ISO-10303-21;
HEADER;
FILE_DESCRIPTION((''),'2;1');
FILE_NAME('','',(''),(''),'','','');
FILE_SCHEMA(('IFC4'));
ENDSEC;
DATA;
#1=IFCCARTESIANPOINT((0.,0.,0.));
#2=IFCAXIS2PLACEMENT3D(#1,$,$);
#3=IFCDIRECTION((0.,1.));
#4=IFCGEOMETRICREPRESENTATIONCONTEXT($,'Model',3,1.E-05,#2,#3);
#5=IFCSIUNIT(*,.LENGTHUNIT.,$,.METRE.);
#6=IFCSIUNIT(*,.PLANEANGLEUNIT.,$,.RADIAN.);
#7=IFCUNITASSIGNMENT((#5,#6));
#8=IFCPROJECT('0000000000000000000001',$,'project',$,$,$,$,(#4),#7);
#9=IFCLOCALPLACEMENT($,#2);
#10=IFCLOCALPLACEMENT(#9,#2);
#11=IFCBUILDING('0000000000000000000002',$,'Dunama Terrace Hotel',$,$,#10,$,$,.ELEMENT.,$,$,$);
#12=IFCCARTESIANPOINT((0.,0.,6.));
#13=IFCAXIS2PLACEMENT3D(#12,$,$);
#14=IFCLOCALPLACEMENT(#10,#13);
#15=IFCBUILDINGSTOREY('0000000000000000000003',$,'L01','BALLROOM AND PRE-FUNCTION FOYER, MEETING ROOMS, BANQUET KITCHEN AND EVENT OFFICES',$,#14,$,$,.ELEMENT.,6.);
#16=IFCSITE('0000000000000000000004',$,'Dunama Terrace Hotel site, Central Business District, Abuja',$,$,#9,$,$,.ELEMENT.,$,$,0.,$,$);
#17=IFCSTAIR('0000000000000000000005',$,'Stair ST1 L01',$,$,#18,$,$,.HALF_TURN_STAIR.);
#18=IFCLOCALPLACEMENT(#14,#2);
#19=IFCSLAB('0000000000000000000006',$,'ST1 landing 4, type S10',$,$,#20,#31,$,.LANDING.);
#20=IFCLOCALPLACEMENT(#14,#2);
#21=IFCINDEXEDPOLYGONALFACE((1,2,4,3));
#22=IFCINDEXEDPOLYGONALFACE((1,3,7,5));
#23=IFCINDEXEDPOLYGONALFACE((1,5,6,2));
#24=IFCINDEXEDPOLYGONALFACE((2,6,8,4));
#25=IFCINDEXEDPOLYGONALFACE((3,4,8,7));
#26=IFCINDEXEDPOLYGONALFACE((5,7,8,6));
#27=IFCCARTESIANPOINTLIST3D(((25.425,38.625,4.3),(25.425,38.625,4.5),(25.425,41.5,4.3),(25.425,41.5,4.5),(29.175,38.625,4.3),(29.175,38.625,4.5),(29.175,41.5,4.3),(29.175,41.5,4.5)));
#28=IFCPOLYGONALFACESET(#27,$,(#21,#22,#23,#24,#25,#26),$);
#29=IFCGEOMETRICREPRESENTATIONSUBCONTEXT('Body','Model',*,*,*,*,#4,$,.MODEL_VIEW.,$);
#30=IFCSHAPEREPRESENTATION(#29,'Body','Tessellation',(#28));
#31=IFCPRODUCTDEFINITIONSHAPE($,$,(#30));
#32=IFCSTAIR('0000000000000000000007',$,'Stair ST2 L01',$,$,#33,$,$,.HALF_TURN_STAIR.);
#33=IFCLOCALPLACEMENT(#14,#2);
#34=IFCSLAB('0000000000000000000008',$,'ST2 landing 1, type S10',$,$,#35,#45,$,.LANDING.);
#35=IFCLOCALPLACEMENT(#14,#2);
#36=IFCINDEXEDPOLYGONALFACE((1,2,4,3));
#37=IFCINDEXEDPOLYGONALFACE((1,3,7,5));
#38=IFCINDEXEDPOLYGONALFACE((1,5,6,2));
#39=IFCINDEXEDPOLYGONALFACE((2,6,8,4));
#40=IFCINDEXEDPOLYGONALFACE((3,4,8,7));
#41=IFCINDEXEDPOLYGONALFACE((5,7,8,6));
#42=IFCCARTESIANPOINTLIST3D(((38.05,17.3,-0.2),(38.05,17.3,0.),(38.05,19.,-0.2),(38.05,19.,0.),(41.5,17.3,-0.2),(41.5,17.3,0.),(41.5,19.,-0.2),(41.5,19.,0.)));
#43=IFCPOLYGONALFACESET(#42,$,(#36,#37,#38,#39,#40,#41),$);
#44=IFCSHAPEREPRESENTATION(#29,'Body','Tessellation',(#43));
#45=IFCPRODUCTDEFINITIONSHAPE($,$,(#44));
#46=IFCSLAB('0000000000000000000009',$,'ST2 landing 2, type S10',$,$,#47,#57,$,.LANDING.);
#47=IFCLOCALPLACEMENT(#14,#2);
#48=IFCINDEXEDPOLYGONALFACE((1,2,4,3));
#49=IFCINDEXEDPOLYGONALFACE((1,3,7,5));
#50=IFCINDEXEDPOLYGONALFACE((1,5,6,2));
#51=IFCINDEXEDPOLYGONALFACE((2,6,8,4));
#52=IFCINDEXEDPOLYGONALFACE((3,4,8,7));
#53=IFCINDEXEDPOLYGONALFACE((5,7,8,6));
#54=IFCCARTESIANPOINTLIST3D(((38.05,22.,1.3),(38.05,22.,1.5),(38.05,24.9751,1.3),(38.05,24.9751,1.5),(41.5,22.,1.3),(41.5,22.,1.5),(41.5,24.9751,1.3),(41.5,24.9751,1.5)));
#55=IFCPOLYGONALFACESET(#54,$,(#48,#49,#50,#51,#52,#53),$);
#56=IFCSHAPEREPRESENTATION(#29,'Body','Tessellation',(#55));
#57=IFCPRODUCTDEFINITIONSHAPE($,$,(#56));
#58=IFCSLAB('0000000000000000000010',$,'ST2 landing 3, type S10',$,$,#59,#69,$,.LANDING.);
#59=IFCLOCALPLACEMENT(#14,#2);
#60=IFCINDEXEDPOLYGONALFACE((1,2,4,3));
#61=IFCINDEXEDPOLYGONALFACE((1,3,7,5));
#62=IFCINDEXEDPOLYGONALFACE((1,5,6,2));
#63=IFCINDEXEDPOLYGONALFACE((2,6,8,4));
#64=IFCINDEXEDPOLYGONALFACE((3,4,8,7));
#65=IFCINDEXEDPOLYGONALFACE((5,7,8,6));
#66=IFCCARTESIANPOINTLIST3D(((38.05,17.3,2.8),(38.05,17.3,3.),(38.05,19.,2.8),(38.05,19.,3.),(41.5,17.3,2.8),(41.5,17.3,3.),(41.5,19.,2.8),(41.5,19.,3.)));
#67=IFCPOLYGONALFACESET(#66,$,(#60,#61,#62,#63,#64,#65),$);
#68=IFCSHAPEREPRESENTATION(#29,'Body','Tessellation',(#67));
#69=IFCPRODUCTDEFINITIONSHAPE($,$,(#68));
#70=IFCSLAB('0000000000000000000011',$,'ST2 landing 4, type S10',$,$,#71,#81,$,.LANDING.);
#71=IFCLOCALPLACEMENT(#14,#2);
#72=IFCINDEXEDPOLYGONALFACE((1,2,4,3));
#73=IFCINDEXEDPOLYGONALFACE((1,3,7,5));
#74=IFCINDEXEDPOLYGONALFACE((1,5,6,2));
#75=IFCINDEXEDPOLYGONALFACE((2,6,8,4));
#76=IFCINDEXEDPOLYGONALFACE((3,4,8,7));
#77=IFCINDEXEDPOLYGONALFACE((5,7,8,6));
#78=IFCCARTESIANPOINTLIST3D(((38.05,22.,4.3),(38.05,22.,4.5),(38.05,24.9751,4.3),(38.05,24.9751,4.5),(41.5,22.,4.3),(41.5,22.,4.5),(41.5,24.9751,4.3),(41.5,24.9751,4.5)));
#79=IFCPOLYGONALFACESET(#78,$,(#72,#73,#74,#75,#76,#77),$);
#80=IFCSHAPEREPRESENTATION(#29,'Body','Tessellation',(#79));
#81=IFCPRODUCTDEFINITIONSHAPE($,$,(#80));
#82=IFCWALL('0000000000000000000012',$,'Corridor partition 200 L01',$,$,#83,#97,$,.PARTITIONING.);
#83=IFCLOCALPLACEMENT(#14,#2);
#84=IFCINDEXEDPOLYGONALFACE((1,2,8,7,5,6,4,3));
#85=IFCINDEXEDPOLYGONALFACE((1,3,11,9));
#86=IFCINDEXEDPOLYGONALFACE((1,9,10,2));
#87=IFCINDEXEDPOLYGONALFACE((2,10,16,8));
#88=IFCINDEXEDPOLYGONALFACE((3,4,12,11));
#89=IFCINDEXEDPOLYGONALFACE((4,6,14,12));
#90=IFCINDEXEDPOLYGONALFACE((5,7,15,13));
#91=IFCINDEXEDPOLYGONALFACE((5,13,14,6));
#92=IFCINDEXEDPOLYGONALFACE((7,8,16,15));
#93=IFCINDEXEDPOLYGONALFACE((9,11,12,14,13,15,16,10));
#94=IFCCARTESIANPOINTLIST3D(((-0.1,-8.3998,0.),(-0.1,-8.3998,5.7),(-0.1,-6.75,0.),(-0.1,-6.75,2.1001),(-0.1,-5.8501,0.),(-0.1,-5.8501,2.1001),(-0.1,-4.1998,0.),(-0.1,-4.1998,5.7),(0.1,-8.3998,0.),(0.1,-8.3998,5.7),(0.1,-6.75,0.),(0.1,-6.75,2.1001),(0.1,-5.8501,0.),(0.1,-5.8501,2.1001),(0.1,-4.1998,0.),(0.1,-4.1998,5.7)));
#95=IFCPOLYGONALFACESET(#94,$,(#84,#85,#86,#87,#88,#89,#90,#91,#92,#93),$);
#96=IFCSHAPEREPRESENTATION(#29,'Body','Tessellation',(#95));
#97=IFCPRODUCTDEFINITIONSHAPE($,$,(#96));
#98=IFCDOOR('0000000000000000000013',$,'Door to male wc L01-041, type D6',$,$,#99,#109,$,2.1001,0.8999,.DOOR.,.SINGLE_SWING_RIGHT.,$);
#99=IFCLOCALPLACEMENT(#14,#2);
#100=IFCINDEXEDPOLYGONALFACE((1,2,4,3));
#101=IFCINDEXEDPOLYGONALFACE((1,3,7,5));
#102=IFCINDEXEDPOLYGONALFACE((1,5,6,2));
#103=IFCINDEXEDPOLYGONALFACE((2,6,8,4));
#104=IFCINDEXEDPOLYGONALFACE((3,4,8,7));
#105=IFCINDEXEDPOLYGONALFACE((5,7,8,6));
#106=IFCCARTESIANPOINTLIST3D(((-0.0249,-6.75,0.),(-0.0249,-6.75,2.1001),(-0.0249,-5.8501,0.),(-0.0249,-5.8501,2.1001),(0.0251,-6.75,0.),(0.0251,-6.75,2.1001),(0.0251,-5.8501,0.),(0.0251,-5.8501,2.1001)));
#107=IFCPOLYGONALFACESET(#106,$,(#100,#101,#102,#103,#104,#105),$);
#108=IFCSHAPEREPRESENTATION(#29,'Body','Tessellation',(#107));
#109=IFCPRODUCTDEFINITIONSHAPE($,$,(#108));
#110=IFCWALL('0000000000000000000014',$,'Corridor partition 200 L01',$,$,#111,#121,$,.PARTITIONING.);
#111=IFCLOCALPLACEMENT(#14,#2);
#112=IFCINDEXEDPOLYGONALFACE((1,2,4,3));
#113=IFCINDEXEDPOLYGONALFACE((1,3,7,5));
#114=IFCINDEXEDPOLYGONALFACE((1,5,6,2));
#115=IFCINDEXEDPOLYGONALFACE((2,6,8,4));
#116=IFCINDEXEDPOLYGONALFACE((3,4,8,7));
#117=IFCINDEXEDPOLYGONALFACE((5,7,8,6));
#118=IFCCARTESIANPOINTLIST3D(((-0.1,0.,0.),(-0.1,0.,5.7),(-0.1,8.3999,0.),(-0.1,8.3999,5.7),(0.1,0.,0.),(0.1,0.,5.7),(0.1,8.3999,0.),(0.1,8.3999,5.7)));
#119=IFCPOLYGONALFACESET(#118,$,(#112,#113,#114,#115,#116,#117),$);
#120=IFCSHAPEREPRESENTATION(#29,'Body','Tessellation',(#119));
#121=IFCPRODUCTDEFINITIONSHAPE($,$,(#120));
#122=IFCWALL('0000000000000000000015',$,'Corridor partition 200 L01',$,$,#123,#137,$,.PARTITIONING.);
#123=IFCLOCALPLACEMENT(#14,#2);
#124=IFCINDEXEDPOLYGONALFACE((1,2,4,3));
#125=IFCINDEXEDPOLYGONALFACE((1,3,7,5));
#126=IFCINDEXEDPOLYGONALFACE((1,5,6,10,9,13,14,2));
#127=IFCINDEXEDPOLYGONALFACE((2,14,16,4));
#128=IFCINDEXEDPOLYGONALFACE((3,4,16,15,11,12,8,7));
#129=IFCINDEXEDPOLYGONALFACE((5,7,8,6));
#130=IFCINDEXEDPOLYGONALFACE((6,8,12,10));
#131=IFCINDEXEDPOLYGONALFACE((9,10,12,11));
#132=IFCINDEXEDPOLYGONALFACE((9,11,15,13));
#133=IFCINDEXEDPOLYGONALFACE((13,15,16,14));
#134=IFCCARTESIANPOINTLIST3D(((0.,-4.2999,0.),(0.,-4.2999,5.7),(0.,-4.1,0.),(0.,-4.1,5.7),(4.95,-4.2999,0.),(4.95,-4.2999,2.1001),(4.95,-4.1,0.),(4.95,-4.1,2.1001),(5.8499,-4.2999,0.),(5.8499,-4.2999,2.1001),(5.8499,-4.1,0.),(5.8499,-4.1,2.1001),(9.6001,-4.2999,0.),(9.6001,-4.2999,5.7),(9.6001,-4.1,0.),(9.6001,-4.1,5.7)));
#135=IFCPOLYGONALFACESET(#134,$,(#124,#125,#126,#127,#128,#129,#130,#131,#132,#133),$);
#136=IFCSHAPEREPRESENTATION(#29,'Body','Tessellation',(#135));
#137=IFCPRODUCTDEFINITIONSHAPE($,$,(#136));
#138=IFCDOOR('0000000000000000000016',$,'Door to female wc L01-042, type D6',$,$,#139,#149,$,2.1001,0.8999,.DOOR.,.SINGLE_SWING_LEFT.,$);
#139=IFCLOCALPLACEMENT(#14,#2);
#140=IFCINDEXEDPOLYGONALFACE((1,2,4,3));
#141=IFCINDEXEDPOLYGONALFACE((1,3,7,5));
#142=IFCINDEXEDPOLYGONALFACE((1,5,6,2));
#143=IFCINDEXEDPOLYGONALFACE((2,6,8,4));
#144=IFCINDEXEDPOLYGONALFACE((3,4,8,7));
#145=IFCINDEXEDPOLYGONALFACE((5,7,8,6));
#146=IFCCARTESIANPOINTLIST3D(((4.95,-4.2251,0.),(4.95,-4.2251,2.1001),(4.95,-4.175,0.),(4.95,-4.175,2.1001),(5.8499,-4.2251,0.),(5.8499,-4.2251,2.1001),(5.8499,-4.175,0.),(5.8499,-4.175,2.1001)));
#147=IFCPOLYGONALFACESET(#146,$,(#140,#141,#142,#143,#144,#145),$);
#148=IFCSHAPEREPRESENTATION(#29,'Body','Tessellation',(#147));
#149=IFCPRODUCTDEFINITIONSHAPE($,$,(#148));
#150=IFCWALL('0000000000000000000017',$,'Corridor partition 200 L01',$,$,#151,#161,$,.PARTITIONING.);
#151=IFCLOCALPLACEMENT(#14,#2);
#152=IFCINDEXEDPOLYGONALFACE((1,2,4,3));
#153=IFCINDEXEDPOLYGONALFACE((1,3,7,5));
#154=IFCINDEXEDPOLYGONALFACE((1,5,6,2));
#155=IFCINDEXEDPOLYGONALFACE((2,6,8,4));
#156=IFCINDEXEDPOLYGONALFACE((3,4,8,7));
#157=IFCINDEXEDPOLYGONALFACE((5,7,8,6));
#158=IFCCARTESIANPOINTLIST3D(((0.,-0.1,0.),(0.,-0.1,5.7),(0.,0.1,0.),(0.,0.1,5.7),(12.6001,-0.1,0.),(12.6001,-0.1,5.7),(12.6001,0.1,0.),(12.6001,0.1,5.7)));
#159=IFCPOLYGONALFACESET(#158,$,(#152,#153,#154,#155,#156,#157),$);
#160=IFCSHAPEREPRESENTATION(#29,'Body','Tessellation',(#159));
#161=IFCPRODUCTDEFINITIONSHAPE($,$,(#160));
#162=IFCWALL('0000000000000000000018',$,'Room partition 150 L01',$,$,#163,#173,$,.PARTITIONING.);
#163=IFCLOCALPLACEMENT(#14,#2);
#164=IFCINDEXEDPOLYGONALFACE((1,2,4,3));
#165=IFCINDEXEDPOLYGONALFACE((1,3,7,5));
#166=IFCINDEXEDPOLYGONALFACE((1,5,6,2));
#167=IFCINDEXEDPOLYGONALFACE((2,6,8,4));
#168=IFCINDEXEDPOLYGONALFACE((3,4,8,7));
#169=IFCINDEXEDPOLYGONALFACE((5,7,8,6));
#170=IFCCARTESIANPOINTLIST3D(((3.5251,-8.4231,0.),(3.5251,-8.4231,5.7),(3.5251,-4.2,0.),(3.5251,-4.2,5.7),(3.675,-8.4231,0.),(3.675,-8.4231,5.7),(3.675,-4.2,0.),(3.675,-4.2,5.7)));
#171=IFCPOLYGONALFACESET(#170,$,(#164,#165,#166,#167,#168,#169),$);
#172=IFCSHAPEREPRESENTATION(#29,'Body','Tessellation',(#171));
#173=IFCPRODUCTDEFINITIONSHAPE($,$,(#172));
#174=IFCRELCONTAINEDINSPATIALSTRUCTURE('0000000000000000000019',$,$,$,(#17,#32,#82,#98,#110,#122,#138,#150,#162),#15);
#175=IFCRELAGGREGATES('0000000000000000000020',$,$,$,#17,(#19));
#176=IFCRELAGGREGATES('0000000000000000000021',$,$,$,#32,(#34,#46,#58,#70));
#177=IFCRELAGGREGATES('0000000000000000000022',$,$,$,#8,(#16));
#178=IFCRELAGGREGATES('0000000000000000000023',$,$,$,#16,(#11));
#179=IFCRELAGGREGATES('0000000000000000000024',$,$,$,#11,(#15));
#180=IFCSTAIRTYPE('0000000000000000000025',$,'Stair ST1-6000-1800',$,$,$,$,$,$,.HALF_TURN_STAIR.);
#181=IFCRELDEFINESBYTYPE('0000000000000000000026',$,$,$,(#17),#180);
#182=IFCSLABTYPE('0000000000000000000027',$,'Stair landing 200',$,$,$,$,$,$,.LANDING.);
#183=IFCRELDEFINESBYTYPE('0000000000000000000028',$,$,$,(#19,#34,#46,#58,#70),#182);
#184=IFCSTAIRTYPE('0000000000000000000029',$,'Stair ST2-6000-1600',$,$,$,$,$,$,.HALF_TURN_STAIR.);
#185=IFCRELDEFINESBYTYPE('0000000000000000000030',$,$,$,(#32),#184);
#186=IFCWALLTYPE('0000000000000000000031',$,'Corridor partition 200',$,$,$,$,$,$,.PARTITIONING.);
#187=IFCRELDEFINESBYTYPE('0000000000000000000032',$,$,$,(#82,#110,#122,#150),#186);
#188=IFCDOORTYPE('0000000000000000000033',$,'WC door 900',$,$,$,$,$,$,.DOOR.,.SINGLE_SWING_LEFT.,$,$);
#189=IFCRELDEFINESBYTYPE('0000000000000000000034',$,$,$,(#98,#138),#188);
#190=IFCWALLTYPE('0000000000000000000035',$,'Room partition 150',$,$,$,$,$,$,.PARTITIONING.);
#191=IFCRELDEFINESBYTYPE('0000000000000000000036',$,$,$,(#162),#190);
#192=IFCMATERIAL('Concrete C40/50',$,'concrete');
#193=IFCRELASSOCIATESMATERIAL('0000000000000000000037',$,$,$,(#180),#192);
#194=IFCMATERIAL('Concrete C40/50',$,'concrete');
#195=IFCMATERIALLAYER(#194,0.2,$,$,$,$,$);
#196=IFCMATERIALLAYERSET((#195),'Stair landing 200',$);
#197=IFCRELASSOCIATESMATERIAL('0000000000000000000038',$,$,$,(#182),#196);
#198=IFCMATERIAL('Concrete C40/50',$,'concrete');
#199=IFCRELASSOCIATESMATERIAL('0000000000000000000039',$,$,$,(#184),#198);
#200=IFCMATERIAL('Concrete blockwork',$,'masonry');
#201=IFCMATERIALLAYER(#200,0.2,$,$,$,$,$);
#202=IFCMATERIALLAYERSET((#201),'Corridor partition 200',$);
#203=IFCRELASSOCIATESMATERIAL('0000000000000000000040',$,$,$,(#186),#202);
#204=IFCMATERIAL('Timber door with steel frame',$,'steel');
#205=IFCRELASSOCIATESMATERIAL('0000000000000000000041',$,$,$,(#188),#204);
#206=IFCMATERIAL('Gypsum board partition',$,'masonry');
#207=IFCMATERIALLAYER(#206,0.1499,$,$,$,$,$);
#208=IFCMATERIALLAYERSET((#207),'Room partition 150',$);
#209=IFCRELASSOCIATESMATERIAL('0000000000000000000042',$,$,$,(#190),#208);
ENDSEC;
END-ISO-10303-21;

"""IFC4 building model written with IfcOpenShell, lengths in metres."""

from ifc_helpers import new_model, si_unit, direction, frame, frame_2d, origin, origin_with_axes, place, context, subcontext, project, spatial, polyline, rectangle, outline, extrude, material, layer, layer_set, type_object, element, fill, aggregate, save


model = new_model("IFC4")

# Units and contexts
model_context = context("Model", 3, precision=1e-05, world=origin(), true_north=direction((0.0, 1.0)))
body_context = subcontext(model_context, "Body", "Model", "MODEL_VIEW")
ifc_project = project(units=[si_unit("LENGTHUNIT", "METRE"), si_unit("PLANEANGLEUNIT", "RADIAN")], contexts=[model_context])

# Site, building, storey
site_placement = place(None, origin())
site = spatial("IfcSite", under=ifc_project, at=site_placement, Name="Dunama Terrace Hotel site, Central Business District, Abuja", CompositionType="ELEMENT", RefElevation=0.0)
building_placement = place(site_placement, origin())
building = spatial("IfcBuilding", under=site, at=building_placement, Name="Dunama Terrace Hotel", CompositionType="ELEMENT")
storey_placement = place(building_placement, frame((0.0, 0.0, 6.0)))
storey = spatial("IfcBuildingStorey", under=building, at=storey_placement, Name="L01", Description="BALLROOM AND PRE-FUNCTION FOYER, MEETING ROOMS, BANQUET KITCHEN AND EVENT OFFICES", CompositionType="ELEMENT", Elevation=6.0)

# Stairs, slabs
ifc_material_1 = material(Name="Concrete C40/50", Category="concrete")
stair_type_1 = type_object("IfcStairType", Name="Stair ST1-6000-1800", PredefinedType="HALF_TURN_STAIR", material=ifc_material_1)
stair_1_placement = place(storey_placement, origin())
stair_1 = element("IfcStair", 1, at=stair_1_placement, inside=storey, type_object=stair_type_1, Name="Stair ST1 L01", PredefinedType="HALF_TURN_STAIR")
ifc_material_2 = material(Name="Concrete C40/50", Category="concrete")
ifc_layer_1 = layer(ifc_material_2, 0.2)
ifc_layer_set_1 = layer_set([ifc_layer_1], Name="Stair landing 200")
slab_type_1 = type_object("IfcSlabType", Name="Stair landing 200", PredefinedType="LANDING", material=ifc_layer_set_1)
slab_1_placement = place(storey_placement, frame((0.0, 0.0, 4.3)))
slab_1 = element("IfcSlab", 2, at=slab_1_placement, type_object=slab_type_1, Name="ST1 landing 4, type S10", PredefinedType="LANDING", context=body_context, shape_type="SweptSolid", body=[
    extrude(outline(polyline([(25.425, 38.625), (29.175, 38.625), (29.175, 41.5), (25.425, 41.5), (25.425, 38.625)])), origin(), (0.0, 0.0, 1.0), 0.2),
])
aggregate(stair_1, [slab_1])
ifc_material_3 = material(Name="Concrete C40/50", Category="concrete")
stair_type_2 = type_object("IfcStairType", Name="Stair ST2-6000-1600", PredefinedType="HALF_TURN_STAIR", material=ifc_material_3)
stair_2_placement = place(storey_placement, origin())
stair_2 = element("IfcStair", 3, at=stair_2_placement, inside=storey, type_object=stair_type_2, Name="Stair ST2 L01", PredefinedType="HALF_TURN_STAIR")
slab_2_placement = place(storey_placement, frame((0.0, 0.0, -0.2)))
slab_2 = element("IfcSlab", 4, at=slab_2_placement, type_object=slab_type_1, Name="ST2 landing 1, type S10", PredefinedType="LANDING", context=body_context, shape_type="SweptSolid", body=[
    extrude(outline(polyline([(38.05, 17.3), (41.5, 17.3), (41.5, 19.0), (38.05, 19.0), (38.05, 17.3)])), origin(), (0.0, 0.0, 1.0), 0.2),
])
slab_3_placement = place(storey_placement, frame((0.0, 0.0, 1.3)))
slab_3 = element("IfcSlab", 5, at=slab_3_placement, type_object=slab_type_1, Name="ST2 landing 2, type S10", PredefinedType="LANDING", context=body_context, shape_type="SweptSolid", body=[
    extrude(outline(polyline([(38.05, 22.0), (41.5, 22.0), (41.5, 24.9751), (38.05, 24.9751), (38.05, 22.0)])), origin(), (0.0, 0.0, 1.0), 0.2),
])
slab_4_placement = place(storey_placement, frame((0.0, 0.0, 2.8)))
slab_4 = element("IfcSlab", 6, at=slab_4_placement, type_object=slab_type_1, Name="ST2 landing 3, type S10", PredefinedType="LANDING", context=body_context, shape_type="SweptSolid", body=[
    extrude(outline(polyline([(38.05, 17.3), (41.5, 17.3), (41.5, 19.0), (38.05, 19.0), (38.05, 17.3)])), origin(), (0.0, 0.0, 1.0), 0.2),
])
slab_5_placement = place(storey_placement, frame((0.0, 0.0, 4.3)))
slab_5 = element("IfcSlab", 7, at=slab_5_placement, type_object=slab_type_1, Name="ST2 landing 4, type S10", PredefinedType="LANDING", context=body_context, shape_type="SweptSolid", body=[
    extrude(outline(polyline([(38.05, 22.0), (41.5, 22.0), (41.5, 24.9751), (38.05, 24.9751), (38.05, 22.0)])), origin(), (0.0, 0.0, 1.0), 0.2),
])
aggregate(stair_2, [slab_2, slab_3, slab_4, slab_5])

# Wall, opening, door
ifc_material_4 = material(Name="Concrete blockwork", Category="masonry")
ifc_layer_2 = layer(ifc_material_4, 0.2)
ifc_layer_set_2 = layer_set([ifc_layer_2], Name="Corridor partition 200")
wall_type_1 = type_object("IfcWallType", Name="Corridor partition 200", PredefinedType="PARTITIONING", material=ifc_layer_set_2)
wall_1_placement = place(storey_placement, frame((0.0, -8.3999, 0.0), z_axis=(0.0, 0.0, 1.0), x_axis=(0.0, 1.0, 0.0)))
wall_1 = element("IfcWall", 8, at=wall_1_placement, inside=storey, type_object=wall_type_1, Name="Corridor partition 200 L01", PredefinedType="PARTITIONING", context=body_context, shape_type="SweptSolid", body=[
    extrude(rectangle(XDim=4.2, YDim=0.2, at=frame_2d((2.1001, 0.0))), origin(), (0.0, 0.0, 1.0), 5.7),
])
opening_1_placement = place(wall_1_placement, frame((1.6499, 0.0, 0.0)))
opening_1 = element("IfcOpeningElement", 9, at=opening_1_placement, cuts=wall_1, PredefinedType="OPENING", context=body_context, shape_type="SweptSolid", body=[
    extrude(rectangle(XDim=0.8999, YDim=2.1001, at=frame_2d((0.45, 1.05))), frame((0.0, 0.1099, 0.0), z_axis=(0.0, -1.0, 0.0), x_axis=(1.0, 0.0, 0.0)), (0.0, 0.0, 1.0), 0.22),
])
ifc_material_5 = material(Name="Timber door with steel frame", Category="steel")
door_type_1 = type_object("IfcDoorType", Name="WC door 900", OperationType="SINGLE_SWING_LEFT", PredefinedType="DOOR", material=ifc_material_5)
door_1_placement = place(opening_1_placement, frame((0.8999, 0.0, 0.0), z_axis=(0.0, 0.0, 1.0), x_axis=(-1.0, 0.0, 0.0)))
door_1 = element("IfcDoor", 10, at=door_1_placement, inside=storey, type_object=door_type_1, Name="Door to male wc L01-041, type D6", OperationType="SINGLE_SWING_RIGHT", OverallHeight=2.1001, OverallWidth=0.8999, PredefinedType="DOOR", context=body_context, shape_type="SweptSolid", body=[
    extrude(rectangle(XDim=0.8999, YDim=2.1001, at=frame_2d((0.45, 1.05))), frame((0.0, 0.0251, 0.0), z_axis=(0.0, -1.0, 0.0), x_axis=(1.0, 0.0, 0.0)), (0.0, 0.0, 1.0), 0.05),
])
fill(opening_1, door_1)

# Wall
wall_2_placement = place(storey_placement, frame((0.0, 0.0, 0.0), z_axis=(0.0, 0.0, 1.0), x_axis=(0.0, 1.0, 0.0)))
element("IfcWall", 11, at=wall_2_placement, inside=storey, type_object=wall_type_1, Name="Corridor partition 200 L01", PredefinedType="PARTITIONING", context=body_context, shape_type="SweptSolid", body=[
    extrude(rectangle(XDim=8.3999, YDim=0.2, at=frame_2d((4.2, 0.0))), origin(), (0.0, 0.0, 1.0), 5.7),
])

# Wall, opening, door
wall_3_placement = place(storey_placement, frame((0.0, -4.2, 0.0), z_axis=(0.0, 0.0, 1.0), x_axis=(1.0, 0.0, 0.0)))
wall_3 = element("IfcWall", 12, at=wall_3_placement, inside=storey, type_object=wall_type_1, Name="Corridor partition 200 L01", PredefinedType="PARTITIONING", context=body_context, shape_type="SweptSolid", body=[
    extrude(rectangle(XDim=9.6001, YDim=0.2, at=frame_2d((4.8, 0.0))), origin(), (0.0, 0.0, 1.0), 5.7),
])
opening_2_placement = place(wall_3_placement, frame((4.95, 0.0, 0.0)))
opening_2 = element("IfcOpeningElement", 13, at=opening_2_placement, cuts=wall_3, PredefinedType="OPENING", context=body_context, shape_type="SweptSolid", body=[
    extrude(rectangle(XDim=0.8999, YDim=2.1001, at=frame_2d((0.45, 1.05))), frame((0.0, 0.1099, 0.0), z_axis=(0.0, -1.0, 0.0), x_axis=(1.0, 0.0, 0.0)), (0.0, 0.0, 1.0), 0.22),
])
door_2_placement = place(opening_2_placement, frame((0.8999, 0.0, 0.0), z_axis=(0.0, 0.0, 1.0), x_axis=(-1.0, 0.0, 0.0)))
door_2 = element("IfcDoor", 14, at=door_2_placement, inside=storey, type_object=door_type_1, Name="Door to female wc L01-042, type D6", OperationType="SINGLE_SWING_LEFT", OverallHeight=2.1001, OverallWidth=0.8999, PredefinedType="DOOR", context=body_context, shape_type="SweptSolid", body=[
    extrude(rectangle(XDim=0.8999, YDim=2.1001, at=frame_2d((0.45, 1.05))), frame((0.0, 0.0251, 0.0), z_axis=(0.0, -1.0, 0.0), x_axis=(1.0, 0.0, 0.0)), (0.0, 0.0, 1.0), 0.05),
])
fill(opening_2, door_2)

# Walls
wall_4_placement = place(storey_placement, origin_with_axes())
element("IfcWall", 15, at=wall_4_placement, inside=storey, type_object=wall_type_1, Name="Corridor partition 200 L01", PredefinedType="PARTITIONING", context=body_context, shape_type="SweptSolid", body=[
    extrude(rectangle(XDim=12.6001, YDim=0.2, at=frame_2d((6.3, 0.0))), origin(), (0.0, 0.0, 1.0), 5.7),
])
ifc_material_6 = material(Name="Gypsum board partition", Category="masonry")
ifc_layer_3 = layer(ifc_material_6, 0.1499)
ifc_layer_set_3 = layer_set([ifc_layer_3], Name="Room partition 150")
wall_type_2 = type_object("IfcWallType", Name="Room partition 150", PredefinedType="PARTITIONING", material=ifc_layer_set_3)
wall_5_placement = place(storey_placement, frame((3.6001, -8.4231, 0.0), z_axis=(0.0, 0.0, 1.0), x_axis=(0.0, 1.0, 0.0)))
element("IfcWall", 16, at=wall_5_placement, inside=storey, type_object=wall_type_2, Name="Room partition 150 L01", PredefinedType="PARTITIONING", context=body_context, shape_type="SweptSolid", body=[
    extrude(rectangle(XDim=4.2231, YDim=0.1499, at=frame_2d((2.1116, 0.0))), origin(), (0.0, 0.0, 1.0), 5.7),
])

save(model, "model.ifc")
